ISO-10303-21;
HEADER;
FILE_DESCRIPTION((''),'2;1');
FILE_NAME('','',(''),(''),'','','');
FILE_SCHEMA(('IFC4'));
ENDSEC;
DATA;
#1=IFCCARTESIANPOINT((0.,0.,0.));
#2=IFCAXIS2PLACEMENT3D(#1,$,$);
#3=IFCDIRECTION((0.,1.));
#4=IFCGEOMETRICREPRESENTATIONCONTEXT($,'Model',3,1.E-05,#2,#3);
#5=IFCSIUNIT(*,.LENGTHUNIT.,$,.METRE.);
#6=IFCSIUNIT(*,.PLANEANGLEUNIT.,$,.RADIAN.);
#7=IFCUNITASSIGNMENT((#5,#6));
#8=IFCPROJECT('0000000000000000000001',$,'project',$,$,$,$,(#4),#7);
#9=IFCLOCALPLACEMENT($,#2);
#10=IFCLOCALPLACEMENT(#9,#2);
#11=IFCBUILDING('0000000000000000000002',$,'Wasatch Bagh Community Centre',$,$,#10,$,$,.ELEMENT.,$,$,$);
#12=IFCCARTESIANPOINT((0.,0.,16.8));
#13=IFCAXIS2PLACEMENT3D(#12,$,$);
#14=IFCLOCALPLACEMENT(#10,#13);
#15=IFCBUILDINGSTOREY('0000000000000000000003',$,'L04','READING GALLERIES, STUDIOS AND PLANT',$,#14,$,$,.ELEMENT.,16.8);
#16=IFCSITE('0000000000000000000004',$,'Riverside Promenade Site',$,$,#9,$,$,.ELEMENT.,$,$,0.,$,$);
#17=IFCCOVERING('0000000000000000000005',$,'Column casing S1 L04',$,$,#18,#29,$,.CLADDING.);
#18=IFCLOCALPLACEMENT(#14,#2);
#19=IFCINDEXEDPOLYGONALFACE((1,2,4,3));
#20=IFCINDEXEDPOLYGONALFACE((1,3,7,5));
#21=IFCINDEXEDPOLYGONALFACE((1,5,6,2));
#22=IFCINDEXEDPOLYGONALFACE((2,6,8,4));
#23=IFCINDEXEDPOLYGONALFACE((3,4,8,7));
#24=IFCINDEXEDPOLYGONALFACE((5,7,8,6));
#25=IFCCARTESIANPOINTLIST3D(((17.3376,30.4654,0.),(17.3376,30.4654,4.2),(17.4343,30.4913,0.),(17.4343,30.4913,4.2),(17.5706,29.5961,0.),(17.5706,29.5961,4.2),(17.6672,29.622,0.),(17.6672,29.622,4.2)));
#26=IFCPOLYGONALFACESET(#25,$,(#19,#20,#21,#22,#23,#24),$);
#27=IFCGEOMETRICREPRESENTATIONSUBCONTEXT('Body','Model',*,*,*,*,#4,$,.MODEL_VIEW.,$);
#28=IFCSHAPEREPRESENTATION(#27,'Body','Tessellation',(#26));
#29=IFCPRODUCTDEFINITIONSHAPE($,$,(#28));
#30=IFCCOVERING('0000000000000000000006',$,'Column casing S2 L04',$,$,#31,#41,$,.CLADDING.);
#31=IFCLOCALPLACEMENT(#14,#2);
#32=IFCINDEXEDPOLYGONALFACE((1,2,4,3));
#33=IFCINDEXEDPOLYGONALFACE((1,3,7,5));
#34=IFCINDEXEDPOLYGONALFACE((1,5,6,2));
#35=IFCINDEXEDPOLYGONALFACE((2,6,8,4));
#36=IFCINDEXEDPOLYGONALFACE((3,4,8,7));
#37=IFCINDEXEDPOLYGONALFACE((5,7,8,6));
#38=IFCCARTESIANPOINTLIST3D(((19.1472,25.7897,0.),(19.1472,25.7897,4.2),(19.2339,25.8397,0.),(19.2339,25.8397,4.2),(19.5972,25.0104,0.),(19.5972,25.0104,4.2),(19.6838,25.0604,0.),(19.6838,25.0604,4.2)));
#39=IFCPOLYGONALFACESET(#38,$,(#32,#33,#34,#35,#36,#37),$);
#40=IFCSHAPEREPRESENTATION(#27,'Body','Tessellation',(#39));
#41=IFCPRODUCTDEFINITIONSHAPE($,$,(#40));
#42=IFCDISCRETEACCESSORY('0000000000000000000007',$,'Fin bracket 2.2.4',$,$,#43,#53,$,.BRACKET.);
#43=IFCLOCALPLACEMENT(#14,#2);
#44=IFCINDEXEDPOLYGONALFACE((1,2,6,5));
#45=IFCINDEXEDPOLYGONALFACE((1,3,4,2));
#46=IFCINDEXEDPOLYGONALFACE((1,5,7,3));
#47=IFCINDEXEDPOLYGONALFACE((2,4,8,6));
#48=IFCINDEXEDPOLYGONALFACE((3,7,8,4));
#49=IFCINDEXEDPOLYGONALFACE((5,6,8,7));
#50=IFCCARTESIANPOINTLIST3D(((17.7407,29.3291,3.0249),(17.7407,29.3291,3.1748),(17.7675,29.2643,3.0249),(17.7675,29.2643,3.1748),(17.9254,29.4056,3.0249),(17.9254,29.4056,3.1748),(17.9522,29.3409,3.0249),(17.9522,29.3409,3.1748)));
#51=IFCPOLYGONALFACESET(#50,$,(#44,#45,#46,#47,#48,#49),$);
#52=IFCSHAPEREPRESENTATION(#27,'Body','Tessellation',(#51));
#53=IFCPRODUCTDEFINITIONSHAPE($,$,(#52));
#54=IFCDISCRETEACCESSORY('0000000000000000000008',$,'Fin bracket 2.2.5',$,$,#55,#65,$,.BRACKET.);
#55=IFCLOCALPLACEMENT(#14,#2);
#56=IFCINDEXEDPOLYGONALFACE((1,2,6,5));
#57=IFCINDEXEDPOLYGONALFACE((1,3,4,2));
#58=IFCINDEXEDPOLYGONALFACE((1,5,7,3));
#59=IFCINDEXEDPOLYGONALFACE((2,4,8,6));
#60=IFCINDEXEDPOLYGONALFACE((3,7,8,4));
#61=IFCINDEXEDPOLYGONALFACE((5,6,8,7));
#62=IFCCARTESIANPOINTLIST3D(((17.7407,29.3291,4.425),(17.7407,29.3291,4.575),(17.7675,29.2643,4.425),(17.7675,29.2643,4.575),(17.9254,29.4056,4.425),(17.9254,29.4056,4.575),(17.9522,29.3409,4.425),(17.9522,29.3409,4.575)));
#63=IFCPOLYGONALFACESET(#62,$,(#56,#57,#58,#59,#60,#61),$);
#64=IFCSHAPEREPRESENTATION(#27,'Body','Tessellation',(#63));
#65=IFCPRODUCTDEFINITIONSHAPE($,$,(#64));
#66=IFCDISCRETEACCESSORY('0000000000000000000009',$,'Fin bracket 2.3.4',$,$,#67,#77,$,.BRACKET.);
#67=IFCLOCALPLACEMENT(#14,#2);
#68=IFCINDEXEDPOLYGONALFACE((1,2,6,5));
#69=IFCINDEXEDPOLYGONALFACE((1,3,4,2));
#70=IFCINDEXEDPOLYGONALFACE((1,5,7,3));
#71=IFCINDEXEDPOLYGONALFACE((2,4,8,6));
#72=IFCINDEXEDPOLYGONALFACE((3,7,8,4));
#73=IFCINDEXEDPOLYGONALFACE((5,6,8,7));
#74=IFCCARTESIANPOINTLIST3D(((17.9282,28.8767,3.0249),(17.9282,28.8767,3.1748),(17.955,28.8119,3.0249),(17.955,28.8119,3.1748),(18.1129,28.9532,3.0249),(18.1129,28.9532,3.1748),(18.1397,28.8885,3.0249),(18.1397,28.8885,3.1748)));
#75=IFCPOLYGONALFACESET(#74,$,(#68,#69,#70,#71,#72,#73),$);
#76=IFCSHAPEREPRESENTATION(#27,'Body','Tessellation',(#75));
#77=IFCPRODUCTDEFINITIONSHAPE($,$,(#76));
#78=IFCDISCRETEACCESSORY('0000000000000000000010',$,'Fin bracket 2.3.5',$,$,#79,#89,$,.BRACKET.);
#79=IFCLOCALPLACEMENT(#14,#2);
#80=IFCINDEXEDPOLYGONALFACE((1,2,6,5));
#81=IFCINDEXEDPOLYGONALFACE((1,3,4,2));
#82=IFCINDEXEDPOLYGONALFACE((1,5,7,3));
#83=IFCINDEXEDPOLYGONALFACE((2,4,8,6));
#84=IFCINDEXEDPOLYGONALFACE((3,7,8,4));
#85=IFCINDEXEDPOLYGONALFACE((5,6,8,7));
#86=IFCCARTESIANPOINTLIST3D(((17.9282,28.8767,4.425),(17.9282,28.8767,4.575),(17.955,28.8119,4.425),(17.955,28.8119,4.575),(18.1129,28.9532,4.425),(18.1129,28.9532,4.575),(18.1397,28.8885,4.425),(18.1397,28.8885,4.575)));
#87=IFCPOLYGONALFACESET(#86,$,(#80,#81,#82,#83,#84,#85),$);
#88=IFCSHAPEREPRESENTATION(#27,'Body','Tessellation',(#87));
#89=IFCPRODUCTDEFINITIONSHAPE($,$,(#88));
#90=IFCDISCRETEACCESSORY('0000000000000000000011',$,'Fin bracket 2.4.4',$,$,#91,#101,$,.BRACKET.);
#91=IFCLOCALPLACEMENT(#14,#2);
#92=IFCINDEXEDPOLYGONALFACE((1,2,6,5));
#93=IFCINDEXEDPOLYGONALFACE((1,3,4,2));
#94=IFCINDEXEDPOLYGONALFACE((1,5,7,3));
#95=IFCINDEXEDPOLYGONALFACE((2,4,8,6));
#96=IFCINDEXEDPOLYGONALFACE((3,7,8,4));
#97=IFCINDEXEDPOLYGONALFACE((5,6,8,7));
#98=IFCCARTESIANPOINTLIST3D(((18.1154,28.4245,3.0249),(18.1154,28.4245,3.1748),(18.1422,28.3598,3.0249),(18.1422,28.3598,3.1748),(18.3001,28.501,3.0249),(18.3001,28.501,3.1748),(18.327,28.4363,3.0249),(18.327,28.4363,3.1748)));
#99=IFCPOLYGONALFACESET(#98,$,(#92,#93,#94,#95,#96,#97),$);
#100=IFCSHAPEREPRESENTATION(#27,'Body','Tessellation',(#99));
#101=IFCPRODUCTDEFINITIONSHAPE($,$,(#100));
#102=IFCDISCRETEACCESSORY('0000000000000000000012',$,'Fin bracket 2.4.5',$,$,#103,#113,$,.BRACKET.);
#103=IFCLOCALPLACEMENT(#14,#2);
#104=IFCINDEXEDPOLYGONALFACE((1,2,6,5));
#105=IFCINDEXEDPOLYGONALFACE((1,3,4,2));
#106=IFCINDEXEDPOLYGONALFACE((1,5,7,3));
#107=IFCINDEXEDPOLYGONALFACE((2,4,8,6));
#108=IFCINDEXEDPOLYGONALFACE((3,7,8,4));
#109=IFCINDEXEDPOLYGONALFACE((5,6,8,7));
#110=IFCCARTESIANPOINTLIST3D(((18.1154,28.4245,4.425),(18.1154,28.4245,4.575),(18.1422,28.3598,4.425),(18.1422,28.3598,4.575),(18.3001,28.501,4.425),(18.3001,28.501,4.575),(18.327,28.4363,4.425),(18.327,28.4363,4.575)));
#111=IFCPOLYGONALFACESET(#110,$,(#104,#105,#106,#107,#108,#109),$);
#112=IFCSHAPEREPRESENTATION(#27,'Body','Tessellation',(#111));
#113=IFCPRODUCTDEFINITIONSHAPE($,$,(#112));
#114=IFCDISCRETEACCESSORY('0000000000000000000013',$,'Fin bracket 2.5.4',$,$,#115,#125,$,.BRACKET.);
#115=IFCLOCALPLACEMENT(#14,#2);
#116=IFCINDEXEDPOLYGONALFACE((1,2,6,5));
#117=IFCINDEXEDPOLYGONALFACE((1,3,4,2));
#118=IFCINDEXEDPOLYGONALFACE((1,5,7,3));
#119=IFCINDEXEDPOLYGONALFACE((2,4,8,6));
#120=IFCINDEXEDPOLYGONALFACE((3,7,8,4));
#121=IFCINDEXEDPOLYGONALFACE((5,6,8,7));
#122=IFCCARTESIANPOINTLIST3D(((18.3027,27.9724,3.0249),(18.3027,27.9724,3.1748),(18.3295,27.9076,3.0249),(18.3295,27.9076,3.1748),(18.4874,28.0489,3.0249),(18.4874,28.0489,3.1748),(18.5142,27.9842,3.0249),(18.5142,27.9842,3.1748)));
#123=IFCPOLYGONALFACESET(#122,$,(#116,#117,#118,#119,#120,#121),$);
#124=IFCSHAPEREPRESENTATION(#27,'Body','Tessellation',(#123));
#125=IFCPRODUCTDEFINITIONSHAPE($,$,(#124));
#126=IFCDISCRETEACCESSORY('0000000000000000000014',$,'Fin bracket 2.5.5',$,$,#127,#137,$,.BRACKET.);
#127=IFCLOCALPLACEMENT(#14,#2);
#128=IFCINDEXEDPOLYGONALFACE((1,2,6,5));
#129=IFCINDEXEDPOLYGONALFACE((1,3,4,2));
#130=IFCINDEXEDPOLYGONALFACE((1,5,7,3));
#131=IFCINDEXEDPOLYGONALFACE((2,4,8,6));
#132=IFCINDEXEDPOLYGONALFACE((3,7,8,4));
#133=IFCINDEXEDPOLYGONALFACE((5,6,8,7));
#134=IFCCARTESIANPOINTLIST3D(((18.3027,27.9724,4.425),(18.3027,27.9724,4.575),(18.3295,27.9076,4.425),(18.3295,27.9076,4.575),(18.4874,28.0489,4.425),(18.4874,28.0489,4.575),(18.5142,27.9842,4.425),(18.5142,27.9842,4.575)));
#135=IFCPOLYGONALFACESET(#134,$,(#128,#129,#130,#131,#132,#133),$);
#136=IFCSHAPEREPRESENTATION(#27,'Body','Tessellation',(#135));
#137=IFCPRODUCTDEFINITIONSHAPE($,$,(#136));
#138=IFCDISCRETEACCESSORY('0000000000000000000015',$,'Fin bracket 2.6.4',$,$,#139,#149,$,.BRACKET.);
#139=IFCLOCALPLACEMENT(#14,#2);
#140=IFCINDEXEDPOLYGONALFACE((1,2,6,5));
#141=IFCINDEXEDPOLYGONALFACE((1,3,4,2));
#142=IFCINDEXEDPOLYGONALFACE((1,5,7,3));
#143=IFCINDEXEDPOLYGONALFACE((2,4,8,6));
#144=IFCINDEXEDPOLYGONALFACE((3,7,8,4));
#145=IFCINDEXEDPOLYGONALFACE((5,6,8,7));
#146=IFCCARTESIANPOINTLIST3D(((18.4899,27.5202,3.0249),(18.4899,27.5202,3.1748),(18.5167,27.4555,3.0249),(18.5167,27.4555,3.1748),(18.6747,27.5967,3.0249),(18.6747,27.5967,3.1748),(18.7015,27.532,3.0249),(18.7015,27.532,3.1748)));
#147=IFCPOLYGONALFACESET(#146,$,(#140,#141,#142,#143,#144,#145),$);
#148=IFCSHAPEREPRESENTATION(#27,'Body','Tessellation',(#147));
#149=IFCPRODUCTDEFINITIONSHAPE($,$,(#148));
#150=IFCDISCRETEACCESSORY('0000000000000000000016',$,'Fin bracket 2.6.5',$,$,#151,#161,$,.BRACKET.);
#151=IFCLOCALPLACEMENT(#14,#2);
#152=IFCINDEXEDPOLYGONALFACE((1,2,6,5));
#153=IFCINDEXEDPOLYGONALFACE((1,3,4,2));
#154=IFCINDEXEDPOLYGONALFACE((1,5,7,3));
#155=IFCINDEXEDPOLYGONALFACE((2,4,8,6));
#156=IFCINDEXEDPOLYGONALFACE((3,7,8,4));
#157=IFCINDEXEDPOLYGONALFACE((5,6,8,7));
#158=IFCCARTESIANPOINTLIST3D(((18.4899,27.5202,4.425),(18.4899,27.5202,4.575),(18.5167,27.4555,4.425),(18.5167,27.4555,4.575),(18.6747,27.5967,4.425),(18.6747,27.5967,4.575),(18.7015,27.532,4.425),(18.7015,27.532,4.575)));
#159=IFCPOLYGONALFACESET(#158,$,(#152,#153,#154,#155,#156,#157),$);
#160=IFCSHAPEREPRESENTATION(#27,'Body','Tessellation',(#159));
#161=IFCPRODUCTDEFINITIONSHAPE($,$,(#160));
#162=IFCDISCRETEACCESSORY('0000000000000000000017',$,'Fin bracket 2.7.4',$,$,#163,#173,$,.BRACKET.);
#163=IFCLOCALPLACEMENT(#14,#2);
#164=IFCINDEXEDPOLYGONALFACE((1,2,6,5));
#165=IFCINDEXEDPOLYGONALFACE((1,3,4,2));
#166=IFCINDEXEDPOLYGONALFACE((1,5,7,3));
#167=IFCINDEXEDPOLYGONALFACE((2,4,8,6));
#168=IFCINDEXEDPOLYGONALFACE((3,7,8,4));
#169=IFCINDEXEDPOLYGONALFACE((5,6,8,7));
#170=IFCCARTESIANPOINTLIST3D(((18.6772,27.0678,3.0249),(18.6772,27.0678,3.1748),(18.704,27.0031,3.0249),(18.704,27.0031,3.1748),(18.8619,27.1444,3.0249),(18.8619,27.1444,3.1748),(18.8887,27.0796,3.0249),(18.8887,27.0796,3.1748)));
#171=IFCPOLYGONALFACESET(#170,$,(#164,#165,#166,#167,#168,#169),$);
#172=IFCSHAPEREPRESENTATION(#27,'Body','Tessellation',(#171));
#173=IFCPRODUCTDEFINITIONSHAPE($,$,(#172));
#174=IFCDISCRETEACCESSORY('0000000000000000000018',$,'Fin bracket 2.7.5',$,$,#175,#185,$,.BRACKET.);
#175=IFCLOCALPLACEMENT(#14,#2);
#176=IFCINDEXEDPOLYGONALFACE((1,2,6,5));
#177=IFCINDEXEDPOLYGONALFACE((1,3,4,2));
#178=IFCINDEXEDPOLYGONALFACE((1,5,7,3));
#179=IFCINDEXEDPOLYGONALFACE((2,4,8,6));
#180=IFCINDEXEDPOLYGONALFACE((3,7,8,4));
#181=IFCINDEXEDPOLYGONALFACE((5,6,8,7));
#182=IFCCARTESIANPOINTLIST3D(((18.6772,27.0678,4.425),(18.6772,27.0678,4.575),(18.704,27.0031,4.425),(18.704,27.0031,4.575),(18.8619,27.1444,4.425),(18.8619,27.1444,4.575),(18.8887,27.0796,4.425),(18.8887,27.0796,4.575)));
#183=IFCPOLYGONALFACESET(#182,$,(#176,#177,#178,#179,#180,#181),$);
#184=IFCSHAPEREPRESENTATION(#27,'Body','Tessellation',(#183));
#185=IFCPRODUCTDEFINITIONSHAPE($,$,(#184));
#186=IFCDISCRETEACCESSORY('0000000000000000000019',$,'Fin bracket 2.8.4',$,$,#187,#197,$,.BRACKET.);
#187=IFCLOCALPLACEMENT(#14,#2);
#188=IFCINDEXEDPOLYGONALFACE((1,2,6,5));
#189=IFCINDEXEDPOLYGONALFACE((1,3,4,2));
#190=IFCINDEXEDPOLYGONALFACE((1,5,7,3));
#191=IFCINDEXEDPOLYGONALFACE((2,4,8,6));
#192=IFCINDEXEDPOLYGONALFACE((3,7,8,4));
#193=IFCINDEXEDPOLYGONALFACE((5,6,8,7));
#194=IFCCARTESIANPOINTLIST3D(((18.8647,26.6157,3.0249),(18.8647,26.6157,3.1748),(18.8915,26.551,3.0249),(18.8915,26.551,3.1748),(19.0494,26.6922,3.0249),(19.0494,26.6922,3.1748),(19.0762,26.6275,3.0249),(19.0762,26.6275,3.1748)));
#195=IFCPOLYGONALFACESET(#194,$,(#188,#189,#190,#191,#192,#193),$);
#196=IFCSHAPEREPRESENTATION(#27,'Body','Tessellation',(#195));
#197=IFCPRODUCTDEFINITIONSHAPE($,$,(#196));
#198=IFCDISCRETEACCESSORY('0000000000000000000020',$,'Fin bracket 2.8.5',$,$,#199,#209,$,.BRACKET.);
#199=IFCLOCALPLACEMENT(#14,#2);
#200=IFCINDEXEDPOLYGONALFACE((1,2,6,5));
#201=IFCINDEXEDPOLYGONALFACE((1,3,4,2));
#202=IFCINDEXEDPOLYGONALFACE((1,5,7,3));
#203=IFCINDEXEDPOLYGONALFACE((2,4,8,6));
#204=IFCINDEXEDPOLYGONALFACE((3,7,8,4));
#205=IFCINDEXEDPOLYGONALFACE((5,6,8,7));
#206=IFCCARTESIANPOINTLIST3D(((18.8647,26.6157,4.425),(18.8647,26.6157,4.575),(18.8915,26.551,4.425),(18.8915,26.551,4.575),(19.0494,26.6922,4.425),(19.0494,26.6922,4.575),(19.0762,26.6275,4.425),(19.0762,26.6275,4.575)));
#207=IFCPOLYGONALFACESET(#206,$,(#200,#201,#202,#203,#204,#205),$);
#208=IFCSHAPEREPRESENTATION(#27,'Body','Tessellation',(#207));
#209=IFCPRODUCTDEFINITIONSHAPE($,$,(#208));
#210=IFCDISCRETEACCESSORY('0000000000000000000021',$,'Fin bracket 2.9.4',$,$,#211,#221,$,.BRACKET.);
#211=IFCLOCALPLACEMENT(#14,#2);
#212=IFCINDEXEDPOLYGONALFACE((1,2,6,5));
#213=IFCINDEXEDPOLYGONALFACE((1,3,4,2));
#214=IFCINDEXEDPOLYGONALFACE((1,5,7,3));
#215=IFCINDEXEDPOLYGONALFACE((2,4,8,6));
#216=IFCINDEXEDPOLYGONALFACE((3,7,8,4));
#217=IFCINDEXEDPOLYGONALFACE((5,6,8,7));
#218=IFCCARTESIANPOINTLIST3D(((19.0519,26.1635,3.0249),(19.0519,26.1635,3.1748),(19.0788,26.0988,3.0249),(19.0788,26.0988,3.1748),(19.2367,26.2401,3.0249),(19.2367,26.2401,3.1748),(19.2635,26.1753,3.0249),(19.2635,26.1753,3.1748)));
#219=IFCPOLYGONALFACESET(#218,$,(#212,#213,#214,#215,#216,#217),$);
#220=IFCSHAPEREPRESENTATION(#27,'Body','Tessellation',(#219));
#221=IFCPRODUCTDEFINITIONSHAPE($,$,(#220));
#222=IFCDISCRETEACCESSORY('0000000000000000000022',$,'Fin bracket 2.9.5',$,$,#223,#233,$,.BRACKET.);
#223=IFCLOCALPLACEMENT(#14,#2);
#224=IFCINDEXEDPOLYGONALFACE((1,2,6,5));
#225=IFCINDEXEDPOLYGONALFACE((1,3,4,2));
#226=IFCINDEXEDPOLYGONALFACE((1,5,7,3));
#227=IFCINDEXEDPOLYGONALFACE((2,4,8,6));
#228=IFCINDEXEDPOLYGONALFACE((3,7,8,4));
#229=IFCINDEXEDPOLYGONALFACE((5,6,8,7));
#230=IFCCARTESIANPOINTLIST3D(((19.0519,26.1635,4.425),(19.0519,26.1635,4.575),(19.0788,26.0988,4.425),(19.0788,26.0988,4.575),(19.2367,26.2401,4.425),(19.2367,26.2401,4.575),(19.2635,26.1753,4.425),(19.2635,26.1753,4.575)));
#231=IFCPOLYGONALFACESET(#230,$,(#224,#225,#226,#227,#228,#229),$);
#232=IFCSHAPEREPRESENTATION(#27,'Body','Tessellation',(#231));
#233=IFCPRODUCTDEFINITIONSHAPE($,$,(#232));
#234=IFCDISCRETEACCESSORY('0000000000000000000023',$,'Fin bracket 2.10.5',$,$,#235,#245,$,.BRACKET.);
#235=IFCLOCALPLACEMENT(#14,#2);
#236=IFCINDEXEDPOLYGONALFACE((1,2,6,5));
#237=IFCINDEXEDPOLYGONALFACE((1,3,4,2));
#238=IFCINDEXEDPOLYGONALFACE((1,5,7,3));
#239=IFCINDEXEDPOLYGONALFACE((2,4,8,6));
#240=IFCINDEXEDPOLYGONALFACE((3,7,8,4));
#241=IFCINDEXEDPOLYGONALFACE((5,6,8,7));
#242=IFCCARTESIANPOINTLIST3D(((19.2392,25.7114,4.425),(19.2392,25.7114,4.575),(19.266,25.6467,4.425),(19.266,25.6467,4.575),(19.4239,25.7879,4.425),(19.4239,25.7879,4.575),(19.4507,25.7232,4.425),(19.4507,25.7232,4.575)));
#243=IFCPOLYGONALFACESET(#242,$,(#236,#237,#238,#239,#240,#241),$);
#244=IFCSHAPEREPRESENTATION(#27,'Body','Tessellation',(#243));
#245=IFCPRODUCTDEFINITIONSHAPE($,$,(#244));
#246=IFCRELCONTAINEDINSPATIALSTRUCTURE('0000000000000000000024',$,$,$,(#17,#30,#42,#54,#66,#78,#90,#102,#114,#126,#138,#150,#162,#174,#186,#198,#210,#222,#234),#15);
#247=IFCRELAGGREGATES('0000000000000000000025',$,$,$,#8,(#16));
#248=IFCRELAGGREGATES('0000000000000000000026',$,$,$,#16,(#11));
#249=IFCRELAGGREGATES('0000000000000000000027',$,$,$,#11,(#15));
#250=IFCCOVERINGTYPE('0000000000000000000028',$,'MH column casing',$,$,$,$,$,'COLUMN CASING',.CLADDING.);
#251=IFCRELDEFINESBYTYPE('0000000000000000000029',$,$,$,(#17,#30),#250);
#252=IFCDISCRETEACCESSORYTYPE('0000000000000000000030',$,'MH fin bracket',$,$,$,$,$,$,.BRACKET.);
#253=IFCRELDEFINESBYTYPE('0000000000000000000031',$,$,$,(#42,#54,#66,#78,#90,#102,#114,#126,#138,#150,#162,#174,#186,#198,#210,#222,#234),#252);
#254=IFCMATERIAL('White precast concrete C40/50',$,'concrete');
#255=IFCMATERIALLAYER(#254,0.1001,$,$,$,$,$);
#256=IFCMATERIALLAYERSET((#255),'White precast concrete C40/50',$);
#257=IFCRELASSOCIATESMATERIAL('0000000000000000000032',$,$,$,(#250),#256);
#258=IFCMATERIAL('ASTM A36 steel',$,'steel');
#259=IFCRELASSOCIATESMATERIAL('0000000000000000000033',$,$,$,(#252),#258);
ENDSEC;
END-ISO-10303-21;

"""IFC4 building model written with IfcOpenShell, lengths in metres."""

from ifc_helpers import new_model, si_unit, direction, frame, origin, origin_2d, place, context, subcontext, project, spatial, rectangle, extrude, material, layer, layer_set, type_object, element, save


model = new_model("IFC4")

# Units and contexts
model_context = context("Model", 3, precision=1e-05, world=origin(), true_north=direction((0.0, 1.0)))
body_context = subcontext(model_context, "Body", "Model", "MODEL_VIEW")
ifc_project = project(units=[si_unit("LENGTHUNIT", "METRE"), si_unit("PLANEANGLEUNIT", "RADIAN")], contexts=[model_context])

# Site, building, storey
site_placement = place(None, origin())
site = spatial("IfcSite", under=ifc_project, at=site_placement, Name="Riverside Promenade Site", CompositionType="ELEMENT", RefElevation=0.0)
building_placement = place(site_placement, origin())
building = spatial("IfcBuilding", under=site, at=building_placement, Name="Wasatch Bagh Community Centre", CompositionType="ELEMENT")
storey_placement = place(building_placement, frame((0.0, 0.0, 16.8)))
storey = spatial("IfcBuildingStorey", under=building, at=storey_placement, Name="L04", Description="READING GALLERIES, STUDIOS AND PLANT", CompositionType="ELEMENT", Elevation=16.8)

# Coverings
ifc_material_1 = material(Name="White precast concrete C40/50", Category="concrete")
ifc_layer_1 = layer(ifc_material_1, 0.1001)
ifc_layer_set_1 = layer_set([ifc_layer_1], Name="White precast concrete C40/50")
covering_type = type_object("IfcCoveringType", Name="MH column casing", ElementType="COLUMN CASING", PredefinedType="CLADDING", material=ifc_layer_set_1)
for number, where, z_axis, x_axis, name in (
    (1, (17.5024, 30.0437, 0.0), (0.0, 0.0, 1.0), (0.258819, -0.965926, 0.0), "Column casing S1 L04"),
    (2, (19.4155, 25.425, 0.0), (0.0, 0.0, 1.0), (0.5, -0.866025, 0.0), "Column casing S2 L04"),
):
    element("IfcCovering", number, at=place(storey_placement, frame(where, z_axis=z_axis, x_axis=x_axis)), inside=storey, type_object=covering_type, Name=name, PredefinedType="CLADDING", context=body_context, shape_type="SweptSolid", body=[
        extrude(rectangle(XDim=0.8999, YDim=0.1001, at=origin_2d()), origin(), (0.0, 0.0, 1.0), 4.2),
    ])

# Discrete accessories
ifc_material_2 = material(Name="ASTM A36 steel", Category="steel")
discrete_accessory_type = type_object("IfcDiscreteAccessoryType", Name="MH fin bracket", PredefinedType="BRACKET", material=ifc_material_2)
for number, where, z_axis, x_axis, name in (
    (3, (17.8464, 29.335, 3.0249), (0.0, 0.0, 1.0), (0.382683, -0.92388, 0.0), "Fin bracket 2.2.4"),
    (4, (17.8464, 29.335, 4.425), (0.0, 0.0, 1.0), (0.382683, -0.92388, 0.0), "Fin bracket 2.2.5"),
    (5, (18.0339, 28.8826, 3.0249), (0.0, 0.0, 1.0), (0.382683, -0.92388, 0.0), "Fin bracket 2.3.4"),
    (6, (18.0339, 28.8826, 4.425), (0.0, 0.0, 1.0), (0.382683, -0.92388, 0.0), "Fin bracket 2.3.5"),
    (7, (18.2212, 28.4304, 3.0249), (0.0, 0.0, 1.0), (0.382683, -0.92388, 0.0), "Fin bracket 2.4.4"),
    (8, (18.2212, 28.4304, 4.425), (0.0, 0.0, 1.0), (0.382683, -0.92388, 0.0), "Fin bracket 2.4.5"),
    (9, (18.4084, 27.9783, 3.0249), (0.0, 0.0, 1.0), (0.382683, -0.92388, 0.0), "Fin bracket 2.5.4"),
    (10, (18.4084, 27.9783, 4.425), (0.0, 0.0, 1.0), (0.382683, -0.92388, 0.0), "Fin bracket 2.5.5"),
    (11, (18.5957, 27.5261, 3.0249), (0.0, 0.0, 1.0), (0.382683, -0.92388, 0.0), "Fin bracket 2.6.4"),
    (12, (18.5957, 27.5261, 4.425), (0.0, 0.0, 1.0), (0.382683, -0.92388, 0.0), "Fin bracket 2.6.5"),
    (13, (18.783, 27.0737, 3.0249), (0.0, 0.0, 1.0), (0.382683, -0.92388, 0.0), "Fin bracket 2.7.4"),
    (14, (18.783, 27.0737, 4.425), (0.0, 0.0, 1.0), (0.382683, -0.92388, 0.0), "Fin bracket 2.7.5"),
    (15, (18.9705, 26.6216, 3.0249), (0.0, 0.0, 1.0), (0.382683, -0.92388, 0.0), "Fin bracket 2.8.4"),
    (16, (18.9705, 26.6216, 4.425), (0.0, 0.0, 1.0), (0.382683, -0.92388, 0.0), "Fin bracket 2.8.5"),
    (17, (19.1577, 26.1694, 3.0249), (0.0, 0.0, 1.0), (0.382683, -0.92388, 0.0), "Fin bracket 2.9.4"),
    (18, (19.1577, 26.1694, 4.425), (0.0, 0.0, 1.0), (0.382683, -0.92388, 0.0), "Fin bracket 2.9.5"),
    (19, (19.345, 25.7173, 4.425), (0.0, 0.0, 1.0), (0.382683, -0.92388, 0.0), "Fin bracket 2.10.5"),
):
    element("IfcDiscreteAccessory", number, at=place(storey_placement, frame(where, z_axis=z_axis, x_axis=x_axis)), inside=storey, type_object=discrete_accessory_type, Name=name, PredefinedType="BRACKET", context=body_context, shape_type="SweptSolid", body=[
        extrude(rectangle(XDim=0.0701, YDim=0.2, at=origin_2d()), origin(), (0.0, 0.0, 1.0), 0.1499),
    ])

save(model, "model.ifc")
